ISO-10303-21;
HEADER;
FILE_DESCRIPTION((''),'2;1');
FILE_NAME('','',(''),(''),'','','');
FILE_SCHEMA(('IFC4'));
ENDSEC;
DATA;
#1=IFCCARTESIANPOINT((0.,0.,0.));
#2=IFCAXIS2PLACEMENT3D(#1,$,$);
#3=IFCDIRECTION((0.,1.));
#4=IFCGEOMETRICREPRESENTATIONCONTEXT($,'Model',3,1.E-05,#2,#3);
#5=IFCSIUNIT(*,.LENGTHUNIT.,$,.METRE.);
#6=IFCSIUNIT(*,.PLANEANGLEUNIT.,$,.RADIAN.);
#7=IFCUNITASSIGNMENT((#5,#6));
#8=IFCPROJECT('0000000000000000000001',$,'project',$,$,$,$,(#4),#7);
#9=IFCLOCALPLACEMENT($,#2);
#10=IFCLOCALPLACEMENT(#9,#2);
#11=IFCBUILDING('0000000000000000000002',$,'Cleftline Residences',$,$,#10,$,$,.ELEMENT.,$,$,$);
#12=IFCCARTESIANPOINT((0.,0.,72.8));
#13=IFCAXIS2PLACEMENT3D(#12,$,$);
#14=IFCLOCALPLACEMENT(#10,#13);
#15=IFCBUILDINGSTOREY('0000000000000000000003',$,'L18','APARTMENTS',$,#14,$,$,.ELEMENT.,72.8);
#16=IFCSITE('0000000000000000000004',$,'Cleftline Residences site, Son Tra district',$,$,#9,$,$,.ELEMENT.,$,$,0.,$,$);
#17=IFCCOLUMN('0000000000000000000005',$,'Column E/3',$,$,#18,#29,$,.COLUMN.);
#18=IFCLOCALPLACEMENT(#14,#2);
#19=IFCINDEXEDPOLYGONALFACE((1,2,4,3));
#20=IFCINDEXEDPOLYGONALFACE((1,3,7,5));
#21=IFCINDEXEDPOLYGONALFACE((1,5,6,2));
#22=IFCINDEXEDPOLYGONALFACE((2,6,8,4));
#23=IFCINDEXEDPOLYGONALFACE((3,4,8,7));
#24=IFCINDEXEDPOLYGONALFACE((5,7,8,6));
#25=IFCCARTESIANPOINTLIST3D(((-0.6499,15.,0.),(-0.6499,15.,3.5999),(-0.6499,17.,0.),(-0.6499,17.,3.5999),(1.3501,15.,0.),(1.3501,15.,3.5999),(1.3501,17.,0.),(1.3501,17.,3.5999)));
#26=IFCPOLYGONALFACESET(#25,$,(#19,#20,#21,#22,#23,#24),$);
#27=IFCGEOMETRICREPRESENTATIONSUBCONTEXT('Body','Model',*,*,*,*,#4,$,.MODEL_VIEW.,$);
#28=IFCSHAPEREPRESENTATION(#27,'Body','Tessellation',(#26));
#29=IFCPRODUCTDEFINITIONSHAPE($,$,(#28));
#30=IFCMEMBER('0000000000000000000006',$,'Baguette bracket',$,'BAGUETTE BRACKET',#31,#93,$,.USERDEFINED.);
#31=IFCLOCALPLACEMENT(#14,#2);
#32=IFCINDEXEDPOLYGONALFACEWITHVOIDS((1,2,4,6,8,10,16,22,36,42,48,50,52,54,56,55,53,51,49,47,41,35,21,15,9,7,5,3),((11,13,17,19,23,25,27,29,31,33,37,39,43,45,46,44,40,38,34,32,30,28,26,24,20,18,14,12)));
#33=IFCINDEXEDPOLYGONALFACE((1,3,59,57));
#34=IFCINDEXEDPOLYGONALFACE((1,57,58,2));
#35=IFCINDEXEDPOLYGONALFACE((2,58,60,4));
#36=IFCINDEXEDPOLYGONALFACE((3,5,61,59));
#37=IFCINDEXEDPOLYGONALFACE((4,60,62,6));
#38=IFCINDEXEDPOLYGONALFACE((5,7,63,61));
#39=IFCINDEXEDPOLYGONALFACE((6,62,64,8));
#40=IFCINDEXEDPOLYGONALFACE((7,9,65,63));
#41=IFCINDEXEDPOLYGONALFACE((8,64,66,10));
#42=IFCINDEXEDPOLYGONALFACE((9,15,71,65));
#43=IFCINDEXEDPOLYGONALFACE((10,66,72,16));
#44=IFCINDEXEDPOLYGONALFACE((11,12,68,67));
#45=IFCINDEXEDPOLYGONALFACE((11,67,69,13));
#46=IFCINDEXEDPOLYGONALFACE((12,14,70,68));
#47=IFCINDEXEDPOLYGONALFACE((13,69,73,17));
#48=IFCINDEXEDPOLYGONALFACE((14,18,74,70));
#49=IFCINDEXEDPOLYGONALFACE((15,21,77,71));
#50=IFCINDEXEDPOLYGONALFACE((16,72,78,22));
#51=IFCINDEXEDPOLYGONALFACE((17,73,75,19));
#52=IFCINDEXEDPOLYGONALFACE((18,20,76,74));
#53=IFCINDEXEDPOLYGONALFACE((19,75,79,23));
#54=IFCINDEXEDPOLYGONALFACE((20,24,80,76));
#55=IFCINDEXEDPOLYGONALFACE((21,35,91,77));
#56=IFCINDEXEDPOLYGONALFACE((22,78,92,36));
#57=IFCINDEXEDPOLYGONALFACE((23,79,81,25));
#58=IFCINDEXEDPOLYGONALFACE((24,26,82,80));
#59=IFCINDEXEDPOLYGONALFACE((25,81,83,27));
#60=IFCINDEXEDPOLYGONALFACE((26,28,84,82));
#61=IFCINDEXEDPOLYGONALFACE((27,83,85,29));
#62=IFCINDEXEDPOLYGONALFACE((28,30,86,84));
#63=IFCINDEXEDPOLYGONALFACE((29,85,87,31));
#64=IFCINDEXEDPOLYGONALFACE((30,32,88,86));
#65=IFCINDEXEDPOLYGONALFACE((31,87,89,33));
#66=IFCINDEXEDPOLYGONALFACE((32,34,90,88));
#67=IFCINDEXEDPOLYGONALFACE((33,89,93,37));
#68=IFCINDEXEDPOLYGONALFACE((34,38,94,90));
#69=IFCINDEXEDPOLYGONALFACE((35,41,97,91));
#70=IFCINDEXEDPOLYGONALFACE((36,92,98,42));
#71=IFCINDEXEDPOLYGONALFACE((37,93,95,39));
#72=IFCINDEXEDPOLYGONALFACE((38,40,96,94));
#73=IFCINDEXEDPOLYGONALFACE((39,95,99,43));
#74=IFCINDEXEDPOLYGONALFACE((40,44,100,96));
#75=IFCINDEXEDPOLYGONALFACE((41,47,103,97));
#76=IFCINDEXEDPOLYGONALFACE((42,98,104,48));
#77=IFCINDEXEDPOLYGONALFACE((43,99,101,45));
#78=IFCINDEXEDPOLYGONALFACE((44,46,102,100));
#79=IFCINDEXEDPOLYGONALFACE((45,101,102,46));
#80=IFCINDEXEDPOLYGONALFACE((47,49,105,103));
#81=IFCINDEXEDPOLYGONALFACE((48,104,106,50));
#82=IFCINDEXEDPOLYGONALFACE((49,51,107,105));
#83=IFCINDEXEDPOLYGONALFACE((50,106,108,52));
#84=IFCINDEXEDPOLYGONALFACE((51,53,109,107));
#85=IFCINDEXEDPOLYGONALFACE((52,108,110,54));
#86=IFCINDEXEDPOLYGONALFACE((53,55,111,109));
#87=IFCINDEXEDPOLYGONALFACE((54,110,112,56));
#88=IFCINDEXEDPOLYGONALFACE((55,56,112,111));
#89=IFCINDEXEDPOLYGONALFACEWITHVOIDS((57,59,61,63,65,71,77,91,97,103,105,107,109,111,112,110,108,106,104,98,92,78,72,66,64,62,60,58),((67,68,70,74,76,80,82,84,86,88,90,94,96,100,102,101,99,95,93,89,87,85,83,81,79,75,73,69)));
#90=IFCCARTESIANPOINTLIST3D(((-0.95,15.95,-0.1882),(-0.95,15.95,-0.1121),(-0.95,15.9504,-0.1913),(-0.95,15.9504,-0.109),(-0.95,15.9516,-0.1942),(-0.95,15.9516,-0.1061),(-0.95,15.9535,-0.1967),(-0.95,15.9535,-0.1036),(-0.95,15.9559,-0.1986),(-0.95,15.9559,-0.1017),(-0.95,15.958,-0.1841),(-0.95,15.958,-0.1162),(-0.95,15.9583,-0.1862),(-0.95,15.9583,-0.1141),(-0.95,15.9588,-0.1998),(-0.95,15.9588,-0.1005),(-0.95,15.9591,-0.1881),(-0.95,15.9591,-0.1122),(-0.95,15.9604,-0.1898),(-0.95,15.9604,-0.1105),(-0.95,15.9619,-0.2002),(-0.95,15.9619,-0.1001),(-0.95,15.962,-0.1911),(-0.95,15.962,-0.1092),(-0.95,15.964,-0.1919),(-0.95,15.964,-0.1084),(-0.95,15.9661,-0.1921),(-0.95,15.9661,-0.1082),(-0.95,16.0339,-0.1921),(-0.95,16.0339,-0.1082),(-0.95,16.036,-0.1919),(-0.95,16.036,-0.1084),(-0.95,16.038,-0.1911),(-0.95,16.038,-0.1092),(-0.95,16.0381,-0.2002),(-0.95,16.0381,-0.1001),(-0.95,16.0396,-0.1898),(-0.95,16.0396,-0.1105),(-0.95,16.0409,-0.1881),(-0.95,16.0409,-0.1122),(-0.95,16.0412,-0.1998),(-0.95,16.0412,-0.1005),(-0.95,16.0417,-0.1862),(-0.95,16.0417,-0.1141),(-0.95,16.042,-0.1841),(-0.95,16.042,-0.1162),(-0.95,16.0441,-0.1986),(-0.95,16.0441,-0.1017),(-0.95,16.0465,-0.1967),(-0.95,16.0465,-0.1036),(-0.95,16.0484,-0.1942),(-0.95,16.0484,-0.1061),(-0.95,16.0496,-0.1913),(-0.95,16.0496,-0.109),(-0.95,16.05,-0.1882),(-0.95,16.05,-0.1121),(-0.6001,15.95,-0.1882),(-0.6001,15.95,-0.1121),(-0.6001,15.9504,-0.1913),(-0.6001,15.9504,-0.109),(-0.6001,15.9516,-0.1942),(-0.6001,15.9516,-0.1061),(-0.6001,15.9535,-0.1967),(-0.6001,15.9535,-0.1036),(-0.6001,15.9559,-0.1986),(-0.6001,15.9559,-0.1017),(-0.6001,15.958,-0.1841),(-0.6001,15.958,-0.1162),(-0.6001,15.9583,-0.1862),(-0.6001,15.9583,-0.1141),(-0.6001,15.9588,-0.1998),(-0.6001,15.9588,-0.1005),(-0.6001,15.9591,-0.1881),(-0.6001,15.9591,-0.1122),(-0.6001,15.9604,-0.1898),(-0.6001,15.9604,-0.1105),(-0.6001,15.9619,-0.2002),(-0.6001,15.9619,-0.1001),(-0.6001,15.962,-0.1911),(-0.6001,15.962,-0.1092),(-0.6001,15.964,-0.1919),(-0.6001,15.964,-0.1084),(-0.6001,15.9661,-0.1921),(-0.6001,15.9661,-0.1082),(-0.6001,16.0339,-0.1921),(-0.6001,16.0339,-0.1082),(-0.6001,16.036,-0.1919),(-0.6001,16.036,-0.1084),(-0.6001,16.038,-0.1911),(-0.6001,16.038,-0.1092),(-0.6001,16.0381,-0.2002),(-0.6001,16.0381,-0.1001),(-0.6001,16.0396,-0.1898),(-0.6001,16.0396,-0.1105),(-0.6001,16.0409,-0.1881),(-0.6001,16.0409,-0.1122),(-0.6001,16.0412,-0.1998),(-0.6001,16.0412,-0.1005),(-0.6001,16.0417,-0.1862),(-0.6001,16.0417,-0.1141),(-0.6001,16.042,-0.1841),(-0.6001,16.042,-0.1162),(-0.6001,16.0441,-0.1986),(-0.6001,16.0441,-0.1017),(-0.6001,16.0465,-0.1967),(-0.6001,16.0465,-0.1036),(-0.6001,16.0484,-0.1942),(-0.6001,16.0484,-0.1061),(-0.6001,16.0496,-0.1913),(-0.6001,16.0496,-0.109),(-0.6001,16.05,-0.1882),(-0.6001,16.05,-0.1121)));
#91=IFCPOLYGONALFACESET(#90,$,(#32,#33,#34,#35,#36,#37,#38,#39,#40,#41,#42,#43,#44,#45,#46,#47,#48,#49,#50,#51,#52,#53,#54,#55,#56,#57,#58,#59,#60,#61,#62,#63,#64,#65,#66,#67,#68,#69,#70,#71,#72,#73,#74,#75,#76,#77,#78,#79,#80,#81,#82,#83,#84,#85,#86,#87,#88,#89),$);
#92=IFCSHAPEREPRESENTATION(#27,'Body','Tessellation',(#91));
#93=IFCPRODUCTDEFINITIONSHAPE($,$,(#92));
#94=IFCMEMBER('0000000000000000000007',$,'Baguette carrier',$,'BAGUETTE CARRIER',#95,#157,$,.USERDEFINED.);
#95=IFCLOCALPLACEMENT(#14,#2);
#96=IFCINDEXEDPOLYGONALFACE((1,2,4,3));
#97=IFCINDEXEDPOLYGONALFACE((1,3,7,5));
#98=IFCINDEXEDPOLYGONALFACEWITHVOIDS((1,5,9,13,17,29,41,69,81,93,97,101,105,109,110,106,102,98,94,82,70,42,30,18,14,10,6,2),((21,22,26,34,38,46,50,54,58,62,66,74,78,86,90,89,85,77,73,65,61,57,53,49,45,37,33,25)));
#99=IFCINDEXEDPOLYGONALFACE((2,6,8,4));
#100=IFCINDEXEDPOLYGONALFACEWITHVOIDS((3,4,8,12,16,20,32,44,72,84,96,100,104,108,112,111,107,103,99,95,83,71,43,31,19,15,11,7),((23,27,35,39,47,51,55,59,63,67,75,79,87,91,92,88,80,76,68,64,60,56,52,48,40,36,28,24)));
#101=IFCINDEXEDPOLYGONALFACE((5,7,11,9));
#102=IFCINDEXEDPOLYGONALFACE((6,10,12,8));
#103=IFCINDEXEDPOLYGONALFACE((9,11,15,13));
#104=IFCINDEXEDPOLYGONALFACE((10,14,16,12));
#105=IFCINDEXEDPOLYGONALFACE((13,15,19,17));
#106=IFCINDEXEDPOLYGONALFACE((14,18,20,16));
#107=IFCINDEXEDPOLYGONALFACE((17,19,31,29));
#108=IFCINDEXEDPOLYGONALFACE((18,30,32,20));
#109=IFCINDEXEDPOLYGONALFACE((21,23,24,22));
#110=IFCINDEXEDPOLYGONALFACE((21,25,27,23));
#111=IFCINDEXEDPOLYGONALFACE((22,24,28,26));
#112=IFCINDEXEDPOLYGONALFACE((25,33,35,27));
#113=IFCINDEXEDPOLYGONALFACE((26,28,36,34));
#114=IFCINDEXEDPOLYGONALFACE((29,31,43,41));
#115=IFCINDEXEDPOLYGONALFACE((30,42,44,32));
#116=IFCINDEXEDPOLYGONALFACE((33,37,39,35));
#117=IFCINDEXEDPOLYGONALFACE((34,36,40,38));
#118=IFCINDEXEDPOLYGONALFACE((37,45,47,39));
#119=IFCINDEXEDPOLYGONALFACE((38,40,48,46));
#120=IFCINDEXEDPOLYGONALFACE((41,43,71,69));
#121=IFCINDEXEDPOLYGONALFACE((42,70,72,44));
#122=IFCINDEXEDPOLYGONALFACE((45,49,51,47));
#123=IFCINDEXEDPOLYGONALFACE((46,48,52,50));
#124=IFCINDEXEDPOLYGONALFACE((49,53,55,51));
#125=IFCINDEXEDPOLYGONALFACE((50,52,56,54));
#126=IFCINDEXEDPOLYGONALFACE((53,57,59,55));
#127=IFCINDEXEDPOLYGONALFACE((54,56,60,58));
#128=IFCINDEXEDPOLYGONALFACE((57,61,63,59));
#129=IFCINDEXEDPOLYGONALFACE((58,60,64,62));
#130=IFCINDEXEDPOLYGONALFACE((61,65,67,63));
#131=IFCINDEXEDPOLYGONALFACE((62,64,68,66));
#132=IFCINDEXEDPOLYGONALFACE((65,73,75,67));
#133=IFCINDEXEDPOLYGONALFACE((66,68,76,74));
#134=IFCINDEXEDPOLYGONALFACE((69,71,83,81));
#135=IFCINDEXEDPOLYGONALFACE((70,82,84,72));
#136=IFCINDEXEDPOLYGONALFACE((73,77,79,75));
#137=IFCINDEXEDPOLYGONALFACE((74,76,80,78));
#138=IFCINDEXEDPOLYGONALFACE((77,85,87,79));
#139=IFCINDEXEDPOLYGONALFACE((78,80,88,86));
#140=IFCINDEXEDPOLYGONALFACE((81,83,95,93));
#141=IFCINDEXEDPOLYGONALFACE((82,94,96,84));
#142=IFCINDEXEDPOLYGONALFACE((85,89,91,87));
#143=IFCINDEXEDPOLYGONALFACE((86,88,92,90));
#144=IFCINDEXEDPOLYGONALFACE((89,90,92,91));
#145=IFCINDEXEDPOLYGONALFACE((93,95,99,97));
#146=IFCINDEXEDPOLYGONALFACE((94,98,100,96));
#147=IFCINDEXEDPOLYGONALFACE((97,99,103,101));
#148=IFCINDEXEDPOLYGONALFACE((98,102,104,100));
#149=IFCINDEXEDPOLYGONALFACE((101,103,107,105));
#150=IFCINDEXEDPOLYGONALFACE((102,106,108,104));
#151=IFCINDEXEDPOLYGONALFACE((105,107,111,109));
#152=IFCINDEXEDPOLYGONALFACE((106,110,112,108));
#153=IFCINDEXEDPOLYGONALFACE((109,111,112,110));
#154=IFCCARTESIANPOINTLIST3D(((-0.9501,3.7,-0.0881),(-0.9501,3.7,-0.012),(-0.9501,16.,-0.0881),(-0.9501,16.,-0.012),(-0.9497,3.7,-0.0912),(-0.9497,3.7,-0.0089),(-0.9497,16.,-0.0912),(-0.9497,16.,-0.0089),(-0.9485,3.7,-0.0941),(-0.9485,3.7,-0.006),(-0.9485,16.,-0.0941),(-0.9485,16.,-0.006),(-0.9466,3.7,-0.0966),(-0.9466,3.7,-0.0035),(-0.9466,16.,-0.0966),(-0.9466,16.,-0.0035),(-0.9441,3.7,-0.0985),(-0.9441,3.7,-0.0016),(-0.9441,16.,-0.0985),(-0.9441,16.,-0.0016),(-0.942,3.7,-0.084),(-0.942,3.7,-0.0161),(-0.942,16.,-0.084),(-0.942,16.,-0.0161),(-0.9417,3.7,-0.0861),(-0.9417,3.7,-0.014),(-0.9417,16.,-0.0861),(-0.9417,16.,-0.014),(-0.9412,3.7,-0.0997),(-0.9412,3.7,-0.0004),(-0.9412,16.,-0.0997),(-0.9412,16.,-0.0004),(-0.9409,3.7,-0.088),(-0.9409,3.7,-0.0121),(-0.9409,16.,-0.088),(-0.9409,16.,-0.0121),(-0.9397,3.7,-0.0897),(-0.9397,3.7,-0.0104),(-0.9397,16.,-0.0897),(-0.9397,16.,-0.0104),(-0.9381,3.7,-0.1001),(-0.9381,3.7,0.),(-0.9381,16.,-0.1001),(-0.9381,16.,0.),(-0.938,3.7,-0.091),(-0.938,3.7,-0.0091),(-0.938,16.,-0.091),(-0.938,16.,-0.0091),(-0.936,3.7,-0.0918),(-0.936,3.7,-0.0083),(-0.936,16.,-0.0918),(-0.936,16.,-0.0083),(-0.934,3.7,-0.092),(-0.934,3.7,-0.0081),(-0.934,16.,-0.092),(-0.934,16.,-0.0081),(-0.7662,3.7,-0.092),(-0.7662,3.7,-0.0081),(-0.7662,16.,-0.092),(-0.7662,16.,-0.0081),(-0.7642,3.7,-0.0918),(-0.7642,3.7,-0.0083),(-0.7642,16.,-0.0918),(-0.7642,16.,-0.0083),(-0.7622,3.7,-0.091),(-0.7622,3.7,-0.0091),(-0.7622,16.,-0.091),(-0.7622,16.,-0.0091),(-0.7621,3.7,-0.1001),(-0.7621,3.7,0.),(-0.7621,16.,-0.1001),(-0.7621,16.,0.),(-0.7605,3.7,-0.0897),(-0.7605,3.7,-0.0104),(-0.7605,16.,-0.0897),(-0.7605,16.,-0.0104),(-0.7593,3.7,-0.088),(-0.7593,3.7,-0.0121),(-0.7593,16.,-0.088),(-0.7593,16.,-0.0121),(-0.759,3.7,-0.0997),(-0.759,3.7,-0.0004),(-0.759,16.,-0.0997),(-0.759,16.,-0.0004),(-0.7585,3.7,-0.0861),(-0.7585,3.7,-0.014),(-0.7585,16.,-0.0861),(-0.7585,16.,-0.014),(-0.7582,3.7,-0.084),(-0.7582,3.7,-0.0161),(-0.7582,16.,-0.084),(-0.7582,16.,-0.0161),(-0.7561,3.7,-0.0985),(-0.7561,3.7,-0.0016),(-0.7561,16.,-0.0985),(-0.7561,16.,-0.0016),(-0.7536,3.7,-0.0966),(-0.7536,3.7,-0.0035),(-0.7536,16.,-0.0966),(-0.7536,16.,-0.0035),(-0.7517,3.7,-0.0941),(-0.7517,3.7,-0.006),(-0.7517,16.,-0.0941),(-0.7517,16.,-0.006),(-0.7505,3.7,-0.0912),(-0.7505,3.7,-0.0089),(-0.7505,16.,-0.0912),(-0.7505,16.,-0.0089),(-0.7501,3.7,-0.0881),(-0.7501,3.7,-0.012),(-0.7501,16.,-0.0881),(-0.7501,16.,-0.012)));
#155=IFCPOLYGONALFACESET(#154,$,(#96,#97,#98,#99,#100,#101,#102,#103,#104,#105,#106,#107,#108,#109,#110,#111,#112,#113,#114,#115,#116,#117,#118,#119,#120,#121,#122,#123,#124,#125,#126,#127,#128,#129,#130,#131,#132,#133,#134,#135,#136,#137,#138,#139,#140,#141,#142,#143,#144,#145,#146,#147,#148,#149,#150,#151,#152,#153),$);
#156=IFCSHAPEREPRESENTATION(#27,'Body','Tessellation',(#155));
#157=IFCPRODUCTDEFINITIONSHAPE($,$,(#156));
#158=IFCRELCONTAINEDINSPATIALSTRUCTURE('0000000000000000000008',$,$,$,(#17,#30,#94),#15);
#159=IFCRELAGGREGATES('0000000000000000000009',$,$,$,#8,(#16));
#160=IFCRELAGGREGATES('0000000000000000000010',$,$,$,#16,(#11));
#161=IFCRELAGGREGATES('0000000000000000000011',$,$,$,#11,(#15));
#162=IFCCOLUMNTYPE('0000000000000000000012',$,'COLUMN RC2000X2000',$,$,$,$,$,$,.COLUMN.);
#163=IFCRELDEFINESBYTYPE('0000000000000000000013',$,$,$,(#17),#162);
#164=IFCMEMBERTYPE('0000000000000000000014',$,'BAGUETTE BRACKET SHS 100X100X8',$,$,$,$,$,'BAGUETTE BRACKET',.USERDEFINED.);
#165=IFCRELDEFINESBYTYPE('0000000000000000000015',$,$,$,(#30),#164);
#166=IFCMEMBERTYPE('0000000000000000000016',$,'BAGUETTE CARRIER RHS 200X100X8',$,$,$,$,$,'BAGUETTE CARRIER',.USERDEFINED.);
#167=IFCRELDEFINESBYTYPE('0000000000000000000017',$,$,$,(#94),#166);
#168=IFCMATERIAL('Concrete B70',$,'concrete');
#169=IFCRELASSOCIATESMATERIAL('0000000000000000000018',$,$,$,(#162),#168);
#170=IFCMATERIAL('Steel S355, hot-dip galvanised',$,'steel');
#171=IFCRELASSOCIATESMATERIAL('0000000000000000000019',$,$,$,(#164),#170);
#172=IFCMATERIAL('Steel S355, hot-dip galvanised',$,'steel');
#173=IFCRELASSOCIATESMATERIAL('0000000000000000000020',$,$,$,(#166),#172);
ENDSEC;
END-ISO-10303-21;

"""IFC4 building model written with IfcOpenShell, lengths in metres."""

from ifc_helpers import new_model, si_unit, direction, frame, origin, origin_2d, place, context, subcontext, project, spatial, rectangle, hollow_rectangle, extrude, material, material_profile, profile_set, type_object, element, save


model = new_model("IFC4")

# Units and contexts
model_context = context("Model", 3, precision=1e-05, world=origin(), true_north=direction((0.0, 1.0)))
body_context = subcontext(model_context, "Body", "Model", "MODEL_VIEW")
ifc_project = project(units=[si_unit("LENGTHUNIT", "METRE"), si_unit("PLANEANGLEUNIT", "RADIAN")], contexts=[model_context])

# Site, building, storey
site_placement = place(None, origin())
site = spatial("IfcSite", under=ifc_project, at=site_placement, Name="Cleftline Residences site, Son Tra district", CompositionType="ELEMENT", RefElevation=0.0)
building_placement = place(site_placement, origin())
building = spatial("IfcBuilding", under=site, at=building_placement, Name="Cleftline Residences", CompositionType="ELEMENT")
storey_placement = place(building_placement, frame((0.0, 0.0, 72.8)))
storey = spatial("IfcBuildingStorey", under=building, at=storey_placement, Name="L18", Description="APARTMENTS", CompositionType="ELEMENT", Elevation=72.8)

# Column
ifc_material_1 = material(Name="Concrete B70", Category="concrete")
ifc_material_profile_1 = material_profile(ifc_material_1, rectangle(XDim=2.0, YDim=2.0, at=origin_2d()))
ifc_profile_set_1 = profile_set([ifc_material_profile_1], Name="Concrete B70")
column_type = type_object("IfcColumnType", Name="COLUMN RC2000X2000", PredefinedType="COLUMN", material=ifc_profile_set_1)
column_placement = place(storey_placement, frame((0.3501, 16.0, 0.0), z_axis=(0.0, 0.0, 1.0), x_axis=(1.0, 0.0, 0.0)))
element("IfcColumn", 1, at=column_placement, inside=storey, type_object=column_type, Name="Column E/3", PredefinedType="COLUMN", context=body_context, shape_type="SweptSolid", body=[
    extrude(rectangle(XDim=2.0, YDim=2.0, at=origin_2d()), origin(), (0.0, 0.0, 1.0), 3.5999),
])

# Members
ifc_material_2 = material(Name="Steel S355, hot-dip galvanised", Category="steel")
ifc_material_profile_2 = material_profile(ifc_material_2, hollow_rectangle(XDim=0.1001, YDim=0.1001, WallThickness=0.0081, InnerFilletRadius=0.0081, OuterFilletRadius=0.012, at=origin_2d()))
ifc_profile_set_2 = profile_set([ifc_material_profile_2], Name="Steel S355, hot-dip galvanised")
member_type_1 = type_object("IfcMemberType", Name="BAGUETTE BRACKET SHS 100X100X8", ElementType="BAGUETTE BRACKET", PredefinedType="USERDEFINED", material=ifc_profile_set_2)
member_1_placement = place(storey_placement, frame((-0.6001, 16.0, -0.1501), z_axis=(-1.0, 0.0, 0.0), x_axis=(0.0, -1.0, 0.0)))
element("IfcMember", 2, at=member_1_placement, inside=storey, type_object=member_type_1, Name="Baguette bracket", ObjectType="BAGUETTE BRACKET", PredefinedType="USERDEFINED", context=body_context, shape_type="SweptSolid", body=[
    extrude(hollow_rectangle(XDim=0.1001, YDim=0.1001, WallThickness=0.0081, InnerFilletRadius=0.0081, OuterFilletRadius=0.012, at=origin_2d()), origin(), (0.0, 0.0, 1.0), 0.3499),
])
ifc_material_3 = material(Name="Steel S355, hot-dip galvanised", Category="steel")
ifc_material_profile_3 = material_profile(ifc_material_3, hollow_rectangle(XDim=0.1001, YDim=0.2, WallThickness=0.0081, InnerFilletRadius=0.0081, OuterFilletRadius=0.012, at=origin_2d()))
ifc_profile_set_3 = profile_set([ifc_material_profile_3], Name="Steel S355, hot-dip galvanised")
member_type_2 = type_object("IfcMemberType", Name="BAGUETTE CARRIER RHS 200X100X8", ElementType="BAGUETTE CARRIER", PredefinedType="USERDEFINED", material=ifc_profile_set_3)
member_2_placement = place(storey_placement, frame((-0.8501, 16.0, -0.05), z_axis=(0.0, -1.0, 0.0), x_axis=(0.0, 0.0, 1.0)))
element("IfcMember", 3, at=member_2_placement, inside=storey, type_object=member_type_2, Name="Baguette carrier", ObjectType="BAGUETTE CARRIER", PredefinedType="USERDEFINED", context=body_context, shape_type="SweptSolid", body=[
    extrude(hollow_rectangle(XDim=0.1001, YDim=0.2, WallThickness=0.0081, InnerFilletRadius=0.0081, OuterFilletRadius=0.012, at=origin_2d()), origin(), (0.0, 0.0, 1.0), 12.3),
])

save(model, "model.ifc")
